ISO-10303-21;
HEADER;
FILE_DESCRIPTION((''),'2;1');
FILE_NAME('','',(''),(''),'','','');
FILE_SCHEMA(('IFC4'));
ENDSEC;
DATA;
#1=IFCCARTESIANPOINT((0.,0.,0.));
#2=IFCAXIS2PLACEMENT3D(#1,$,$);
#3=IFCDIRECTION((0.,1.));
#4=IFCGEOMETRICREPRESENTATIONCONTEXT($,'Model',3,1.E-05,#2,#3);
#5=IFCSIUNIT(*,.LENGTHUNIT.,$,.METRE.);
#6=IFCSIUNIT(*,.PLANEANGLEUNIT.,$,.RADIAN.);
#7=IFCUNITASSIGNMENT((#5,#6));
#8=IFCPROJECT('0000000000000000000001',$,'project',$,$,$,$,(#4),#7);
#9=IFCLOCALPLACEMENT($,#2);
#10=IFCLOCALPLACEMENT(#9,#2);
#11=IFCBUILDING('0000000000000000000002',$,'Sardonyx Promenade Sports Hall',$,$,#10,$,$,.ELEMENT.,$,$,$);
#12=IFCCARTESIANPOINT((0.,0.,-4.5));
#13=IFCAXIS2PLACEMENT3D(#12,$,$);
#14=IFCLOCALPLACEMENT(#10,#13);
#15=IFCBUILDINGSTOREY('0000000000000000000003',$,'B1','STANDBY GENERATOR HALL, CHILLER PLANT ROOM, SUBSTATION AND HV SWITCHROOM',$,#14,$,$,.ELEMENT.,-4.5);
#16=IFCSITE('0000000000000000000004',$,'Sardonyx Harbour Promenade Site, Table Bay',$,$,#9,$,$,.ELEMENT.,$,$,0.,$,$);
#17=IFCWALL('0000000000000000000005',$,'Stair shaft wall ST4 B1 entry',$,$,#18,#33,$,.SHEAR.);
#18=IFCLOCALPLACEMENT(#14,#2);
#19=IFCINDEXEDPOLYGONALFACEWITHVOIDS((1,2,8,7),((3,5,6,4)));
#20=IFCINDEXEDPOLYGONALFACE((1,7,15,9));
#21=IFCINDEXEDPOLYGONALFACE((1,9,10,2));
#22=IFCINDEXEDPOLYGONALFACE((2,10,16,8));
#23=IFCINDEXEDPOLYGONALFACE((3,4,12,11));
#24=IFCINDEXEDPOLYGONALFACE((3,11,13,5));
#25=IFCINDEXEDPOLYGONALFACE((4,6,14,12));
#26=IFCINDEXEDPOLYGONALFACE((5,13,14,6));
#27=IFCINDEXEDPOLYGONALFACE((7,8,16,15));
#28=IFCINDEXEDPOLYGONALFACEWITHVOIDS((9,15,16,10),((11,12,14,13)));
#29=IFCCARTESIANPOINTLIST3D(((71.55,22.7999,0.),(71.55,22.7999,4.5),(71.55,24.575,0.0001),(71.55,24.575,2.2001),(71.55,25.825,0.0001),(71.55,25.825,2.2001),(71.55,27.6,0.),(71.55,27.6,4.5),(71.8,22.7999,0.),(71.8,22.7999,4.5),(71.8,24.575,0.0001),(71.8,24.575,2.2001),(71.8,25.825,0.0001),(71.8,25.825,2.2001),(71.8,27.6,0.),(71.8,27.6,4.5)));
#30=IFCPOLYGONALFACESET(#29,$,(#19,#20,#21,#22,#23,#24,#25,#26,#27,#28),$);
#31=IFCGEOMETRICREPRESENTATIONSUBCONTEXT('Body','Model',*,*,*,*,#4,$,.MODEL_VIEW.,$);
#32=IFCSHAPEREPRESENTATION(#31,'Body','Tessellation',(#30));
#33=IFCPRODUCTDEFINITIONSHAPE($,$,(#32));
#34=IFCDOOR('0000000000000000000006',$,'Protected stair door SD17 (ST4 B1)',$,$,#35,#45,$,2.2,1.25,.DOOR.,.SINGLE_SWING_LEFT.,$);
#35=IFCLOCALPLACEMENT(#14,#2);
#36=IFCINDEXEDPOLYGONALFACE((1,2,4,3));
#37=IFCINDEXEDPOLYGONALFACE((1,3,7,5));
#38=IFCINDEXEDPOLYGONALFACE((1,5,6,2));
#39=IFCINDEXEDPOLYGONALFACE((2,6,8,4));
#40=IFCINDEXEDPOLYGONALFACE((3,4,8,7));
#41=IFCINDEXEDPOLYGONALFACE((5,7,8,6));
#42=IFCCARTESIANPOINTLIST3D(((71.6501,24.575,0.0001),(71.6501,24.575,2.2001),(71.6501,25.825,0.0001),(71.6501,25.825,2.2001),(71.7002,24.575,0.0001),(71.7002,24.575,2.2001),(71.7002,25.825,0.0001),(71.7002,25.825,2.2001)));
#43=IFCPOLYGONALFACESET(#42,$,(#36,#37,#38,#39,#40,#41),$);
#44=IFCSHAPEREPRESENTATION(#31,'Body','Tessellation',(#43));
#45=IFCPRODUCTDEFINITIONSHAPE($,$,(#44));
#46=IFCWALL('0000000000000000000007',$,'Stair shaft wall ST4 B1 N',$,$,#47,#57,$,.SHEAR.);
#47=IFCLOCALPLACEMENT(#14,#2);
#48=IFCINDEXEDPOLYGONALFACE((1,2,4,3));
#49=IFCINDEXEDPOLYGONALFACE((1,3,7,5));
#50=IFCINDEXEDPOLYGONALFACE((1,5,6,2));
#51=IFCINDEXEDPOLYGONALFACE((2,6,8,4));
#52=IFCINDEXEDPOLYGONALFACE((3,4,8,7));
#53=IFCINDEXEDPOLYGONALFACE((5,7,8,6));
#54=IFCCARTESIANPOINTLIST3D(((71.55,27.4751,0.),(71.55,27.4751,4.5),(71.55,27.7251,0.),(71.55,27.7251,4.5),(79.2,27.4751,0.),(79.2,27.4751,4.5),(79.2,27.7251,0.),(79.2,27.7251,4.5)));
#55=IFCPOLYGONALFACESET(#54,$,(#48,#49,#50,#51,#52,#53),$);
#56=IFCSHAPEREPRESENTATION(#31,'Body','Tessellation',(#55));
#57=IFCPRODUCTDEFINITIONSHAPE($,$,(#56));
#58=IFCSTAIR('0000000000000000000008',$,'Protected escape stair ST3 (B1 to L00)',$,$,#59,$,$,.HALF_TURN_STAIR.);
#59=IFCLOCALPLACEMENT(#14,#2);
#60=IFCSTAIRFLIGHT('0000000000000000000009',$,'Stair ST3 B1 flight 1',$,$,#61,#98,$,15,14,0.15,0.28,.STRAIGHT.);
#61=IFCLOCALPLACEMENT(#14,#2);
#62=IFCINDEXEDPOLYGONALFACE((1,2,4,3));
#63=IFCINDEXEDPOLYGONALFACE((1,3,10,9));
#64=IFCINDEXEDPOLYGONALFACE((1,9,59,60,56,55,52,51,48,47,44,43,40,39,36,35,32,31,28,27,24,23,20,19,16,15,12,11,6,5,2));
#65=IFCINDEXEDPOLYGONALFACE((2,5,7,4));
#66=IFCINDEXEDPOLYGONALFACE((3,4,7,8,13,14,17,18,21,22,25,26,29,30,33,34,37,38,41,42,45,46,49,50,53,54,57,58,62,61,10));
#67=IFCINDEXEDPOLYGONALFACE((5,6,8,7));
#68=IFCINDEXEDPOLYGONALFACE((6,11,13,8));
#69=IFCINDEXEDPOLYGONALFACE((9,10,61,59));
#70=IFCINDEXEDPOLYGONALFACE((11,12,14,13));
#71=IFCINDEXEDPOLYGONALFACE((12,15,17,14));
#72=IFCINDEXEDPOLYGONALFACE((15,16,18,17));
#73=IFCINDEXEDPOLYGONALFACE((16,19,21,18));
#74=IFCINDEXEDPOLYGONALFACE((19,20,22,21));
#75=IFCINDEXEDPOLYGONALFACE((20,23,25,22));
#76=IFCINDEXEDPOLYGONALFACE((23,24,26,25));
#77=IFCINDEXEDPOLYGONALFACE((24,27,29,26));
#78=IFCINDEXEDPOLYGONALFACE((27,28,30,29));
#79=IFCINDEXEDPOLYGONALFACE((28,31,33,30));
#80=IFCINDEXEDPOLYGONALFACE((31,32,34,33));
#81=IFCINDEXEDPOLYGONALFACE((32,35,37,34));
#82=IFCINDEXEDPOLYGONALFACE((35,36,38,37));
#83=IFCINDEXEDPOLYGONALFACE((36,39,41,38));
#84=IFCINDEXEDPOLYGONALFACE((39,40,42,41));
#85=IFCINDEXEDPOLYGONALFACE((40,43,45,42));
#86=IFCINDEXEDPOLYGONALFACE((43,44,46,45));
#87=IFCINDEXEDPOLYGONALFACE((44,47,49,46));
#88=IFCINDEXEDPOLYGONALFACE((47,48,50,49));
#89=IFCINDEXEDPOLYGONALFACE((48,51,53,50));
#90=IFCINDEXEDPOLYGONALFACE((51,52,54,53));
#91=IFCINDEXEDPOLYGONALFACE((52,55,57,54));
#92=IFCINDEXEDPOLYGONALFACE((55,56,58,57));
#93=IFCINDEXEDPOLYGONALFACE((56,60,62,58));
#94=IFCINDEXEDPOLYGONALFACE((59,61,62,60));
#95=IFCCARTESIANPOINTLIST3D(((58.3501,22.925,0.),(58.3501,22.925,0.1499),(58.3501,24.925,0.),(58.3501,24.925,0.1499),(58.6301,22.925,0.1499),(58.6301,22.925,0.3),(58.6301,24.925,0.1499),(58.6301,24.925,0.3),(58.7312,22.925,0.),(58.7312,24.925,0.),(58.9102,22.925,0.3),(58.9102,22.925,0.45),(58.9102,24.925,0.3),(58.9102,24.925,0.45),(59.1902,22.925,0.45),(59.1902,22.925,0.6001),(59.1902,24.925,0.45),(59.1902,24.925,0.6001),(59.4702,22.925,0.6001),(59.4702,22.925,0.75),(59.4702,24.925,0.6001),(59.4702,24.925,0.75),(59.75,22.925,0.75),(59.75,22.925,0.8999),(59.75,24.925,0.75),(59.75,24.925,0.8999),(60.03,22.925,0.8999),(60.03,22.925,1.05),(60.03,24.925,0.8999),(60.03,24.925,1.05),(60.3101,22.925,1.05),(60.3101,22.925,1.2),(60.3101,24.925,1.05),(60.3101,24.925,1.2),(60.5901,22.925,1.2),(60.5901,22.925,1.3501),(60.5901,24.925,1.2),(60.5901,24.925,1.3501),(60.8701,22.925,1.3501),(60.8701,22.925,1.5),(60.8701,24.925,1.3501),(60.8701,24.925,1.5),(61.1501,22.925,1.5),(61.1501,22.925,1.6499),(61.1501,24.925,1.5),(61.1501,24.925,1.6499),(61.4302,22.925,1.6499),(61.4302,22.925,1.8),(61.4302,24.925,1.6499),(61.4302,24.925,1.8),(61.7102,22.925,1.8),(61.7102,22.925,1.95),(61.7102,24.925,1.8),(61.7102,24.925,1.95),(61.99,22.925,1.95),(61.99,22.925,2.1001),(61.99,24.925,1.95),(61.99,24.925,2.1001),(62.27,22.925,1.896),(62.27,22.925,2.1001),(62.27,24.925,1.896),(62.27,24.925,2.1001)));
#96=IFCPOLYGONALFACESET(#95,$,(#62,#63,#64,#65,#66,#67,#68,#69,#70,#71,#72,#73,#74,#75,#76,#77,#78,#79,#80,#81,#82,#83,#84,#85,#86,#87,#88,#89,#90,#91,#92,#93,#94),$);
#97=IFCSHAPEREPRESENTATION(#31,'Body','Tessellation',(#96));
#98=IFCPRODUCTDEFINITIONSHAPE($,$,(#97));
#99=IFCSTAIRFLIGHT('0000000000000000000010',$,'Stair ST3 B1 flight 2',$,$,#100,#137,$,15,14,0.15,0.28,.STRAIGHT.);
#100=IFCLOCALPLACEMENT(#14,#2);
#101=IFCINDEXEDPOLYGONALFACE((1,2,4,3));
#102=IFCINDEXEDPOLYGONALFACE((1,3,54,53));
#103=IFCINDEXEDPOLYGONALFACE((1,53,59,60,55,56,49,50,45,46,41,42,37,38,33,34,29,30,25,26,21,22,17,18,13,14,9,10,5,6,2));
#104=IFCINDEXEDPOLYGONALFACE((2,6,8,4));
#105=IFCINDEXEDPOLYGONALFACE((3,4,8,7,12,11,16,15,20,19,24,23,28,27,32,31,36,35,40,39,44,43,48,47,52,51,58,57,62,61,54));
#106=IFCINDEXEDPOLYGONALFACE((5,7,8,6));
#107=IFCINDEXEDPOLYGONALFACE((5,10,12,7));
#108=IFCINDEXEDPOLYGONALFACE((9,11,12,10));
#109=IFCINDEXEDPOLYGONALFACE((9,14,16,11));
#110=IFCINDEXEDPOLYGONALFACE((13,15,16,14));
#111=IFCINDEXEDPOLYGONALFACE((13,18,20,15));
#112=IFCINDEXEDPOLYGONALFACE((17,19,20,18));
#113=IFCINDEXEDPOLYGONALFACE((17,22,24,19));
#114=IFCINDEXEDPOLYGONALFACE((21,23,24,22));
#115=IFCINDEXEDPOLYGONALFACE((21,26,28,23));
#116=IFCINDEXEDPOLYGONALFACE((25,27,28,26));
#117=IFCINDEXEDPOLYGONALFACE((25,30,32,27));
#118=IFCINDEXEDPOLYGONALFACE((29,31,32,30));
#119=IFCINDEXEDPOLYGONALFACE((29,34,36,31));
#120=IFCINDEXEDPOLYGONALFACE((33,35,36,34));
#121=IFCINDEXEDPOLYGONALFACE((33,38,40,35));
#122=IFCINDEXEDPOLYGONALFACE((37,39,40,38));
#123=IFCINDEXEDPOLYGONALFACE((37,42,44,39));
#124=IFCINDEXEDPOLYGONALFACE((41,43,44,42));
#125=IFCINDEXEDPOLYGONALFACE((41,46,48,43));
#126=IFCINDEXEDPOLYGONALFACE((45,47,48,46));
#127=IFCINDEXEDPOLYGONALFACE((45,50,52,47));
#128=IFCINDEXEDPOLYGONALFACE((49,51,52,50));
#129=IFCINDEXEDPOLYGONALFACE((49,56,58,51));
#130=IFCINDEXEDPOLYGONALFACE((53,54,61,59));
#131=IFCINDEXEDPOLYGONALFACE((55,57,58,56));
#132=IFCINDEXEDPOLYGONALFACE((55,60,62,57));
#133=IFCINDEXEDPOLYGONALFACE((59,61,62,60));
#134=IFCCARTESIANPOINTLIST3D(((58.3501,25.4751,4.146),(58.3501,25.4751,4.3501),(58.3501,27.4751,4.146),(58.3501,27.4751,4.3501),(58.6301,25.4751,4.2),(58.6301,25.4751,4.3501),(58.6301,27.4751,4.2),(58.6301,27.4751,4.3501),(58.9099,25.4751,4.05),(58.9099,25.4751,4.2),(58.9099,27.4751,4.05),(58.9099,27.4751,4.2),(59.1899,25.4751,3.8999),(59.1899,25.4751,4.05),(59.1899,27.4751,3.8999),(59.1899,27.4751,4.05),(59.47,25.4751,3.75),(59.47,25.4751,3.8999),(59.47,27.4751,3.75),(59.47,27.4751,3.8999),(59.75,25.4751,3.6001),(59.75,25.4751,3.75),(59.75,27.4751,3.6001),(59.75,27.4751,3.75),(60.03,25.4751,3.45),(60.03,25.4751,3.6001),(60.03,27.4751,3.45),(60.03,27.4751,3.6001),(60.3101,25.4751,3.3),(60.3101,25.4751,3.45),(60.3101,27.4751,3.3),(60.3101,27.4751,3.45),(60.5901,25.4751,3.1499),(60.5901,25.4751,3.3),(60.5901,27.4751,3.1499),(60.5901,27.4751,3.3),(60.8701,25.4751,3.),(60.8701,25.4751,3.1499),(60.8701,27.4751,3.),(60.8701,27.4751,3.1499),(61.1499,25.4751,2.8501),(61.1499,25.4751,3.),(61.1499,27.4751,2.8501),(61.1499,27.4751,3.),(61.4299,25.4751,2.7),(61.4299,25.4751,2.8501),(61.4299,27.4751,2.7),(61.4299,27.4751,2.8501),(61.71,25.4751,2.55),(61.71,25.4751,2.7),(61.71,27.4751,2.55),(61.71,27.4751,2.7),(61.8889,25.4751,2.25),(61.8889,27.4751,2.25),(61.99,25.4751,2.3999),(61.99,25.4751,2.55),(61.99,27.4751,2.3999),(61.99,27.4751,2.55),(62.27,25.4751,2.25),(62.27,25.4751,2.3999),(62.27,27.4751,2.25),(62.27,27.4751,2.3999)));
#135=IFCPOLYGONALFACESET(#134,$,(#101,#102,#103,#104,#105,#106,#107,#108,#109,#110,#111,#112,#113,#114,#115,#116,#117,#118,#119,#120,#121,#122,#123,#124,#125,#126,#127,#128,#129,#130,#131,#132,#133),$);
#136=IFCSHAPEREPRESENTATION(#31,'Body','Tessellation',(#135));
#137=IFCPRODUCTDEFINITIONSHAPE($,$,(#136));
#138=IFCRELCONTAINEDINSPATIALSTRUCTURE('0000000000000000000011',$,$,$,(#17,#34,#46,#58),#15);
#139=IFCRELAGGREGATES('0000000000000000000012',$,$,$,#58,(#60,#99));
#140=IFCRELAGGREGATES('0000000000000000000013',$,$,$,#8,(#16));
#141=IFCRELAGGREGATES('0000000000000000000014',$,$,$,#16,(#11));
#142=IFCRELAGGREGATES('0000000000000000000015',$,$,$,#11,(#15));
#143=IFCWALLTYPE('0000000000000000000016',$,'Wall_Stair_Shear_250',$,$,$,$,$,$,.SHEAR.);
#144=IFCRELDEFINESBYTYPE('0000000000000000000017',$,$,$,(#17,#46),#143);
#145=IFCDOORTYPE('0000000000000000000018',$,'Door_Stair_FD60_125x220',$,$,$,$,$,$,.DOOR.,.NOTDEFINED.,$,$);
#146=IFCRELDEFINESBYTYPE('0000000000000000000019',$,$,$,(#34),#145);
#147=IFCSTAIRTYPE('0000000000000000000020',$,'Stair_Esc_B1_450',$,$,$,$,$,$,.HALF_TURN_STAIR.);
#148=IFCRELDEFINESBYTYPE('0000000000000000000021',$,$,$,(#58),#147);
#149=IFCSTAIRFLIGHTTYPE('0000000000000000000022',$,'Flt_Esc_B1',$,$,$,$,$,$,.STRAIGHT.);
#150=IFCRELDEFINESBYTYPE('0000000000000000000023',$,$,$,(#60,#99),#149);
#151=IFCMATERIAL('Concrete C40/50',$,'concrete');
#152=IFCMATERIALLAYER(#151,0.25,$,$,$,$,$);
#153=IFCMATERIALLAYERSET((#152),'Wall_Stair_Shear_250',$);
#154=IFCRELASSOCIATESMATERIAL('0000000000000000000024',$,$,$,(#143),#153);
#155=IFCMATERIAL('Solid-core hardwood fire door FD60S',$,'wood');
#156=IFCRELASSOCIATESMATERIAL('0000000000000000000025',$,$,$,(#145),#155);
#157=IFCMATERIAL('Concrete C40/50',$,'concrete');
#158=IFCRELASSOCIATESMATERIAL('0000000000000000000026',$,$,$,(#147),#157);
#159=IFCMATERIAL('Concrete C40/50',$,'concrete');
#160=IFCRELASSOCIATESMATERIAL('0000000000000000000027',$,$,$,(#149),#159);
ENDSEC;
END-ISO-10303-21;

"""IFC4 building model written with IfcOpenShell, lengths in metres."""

from ifc_helpers import new_model, si_unit, direction, frame, frame_2d, origin, place, context, subcontext, project, spatial, polyline, rectangle, outline, extrude, material, layer, layer_set, type_object, element, fill, aggregate, save


model = new_model("IFC4")

# Units and contexts
model_context = context("Model", 3, precision=1e-05, world=origin(), true_north=direction((0.0, 1.0)))
body_context = subcontext(model_context, "Body", "Model", "MODEL_VIEW")
ifc_project = project(units=[si_unit("LENGTHUNIT", "METRE"), si_unit("PLANEANGLEUNIT", "RADIAN")], contexts=[model_context])

# Site, building, storey
site_placement = place(None, origin())
site = spatial("IfcSite", under=ifc_project, at=site_placement, Name="Sardonyx Harbour Promenade Site, Table Bay", CompositionType="ELEMENT", RefElevation=0.0)
building_placement = place(site_placement, origin())
building = spatial("IfcBuilding", under=site, at=building_placement, Name="Sardonyx Promenade Sports Hall", CompositionType="ELEMENT")
storey_placement = place(building_placement, frame((0.0, 0.0, -4.5)))
storey = spatial("IfcBuildingStorey", under=building, at=storey_placement, Name="B1", Description="STANDBY GENERATOR HALL, CHILLER PLANT ROOM, SUBSTATION AND HV SWITCHROOM", CompositionType="ELEMENT", Elevation=-4.5)

# Shared definitions
ifc_material_1 = material(Name="Concrete C40/50", Category="concrete")
ifc_layer_1 = layer(ifc_material_1, 0.25)
ifc_layer_set_1 = layer_set([ifc_layer_1], Name="Wall_Stair_Shear_250")
wall_type_1 = type_object("IfcWallType", Name="Wall_Stair_Shear_250", PredefinedType="SHEAR", material=ifc_layer_set_1)

# Wall, opening, door
wall_1_placement = place(storey_placement, frame((71.675, 22.8, 0.0), z_axis=(0.0, 0.0, 1.0), x_axis=(0.0, 1.0, 0.0)))
wall_1 = element("IfcWall", 1, at=wall_1_placement, inside=storey, type_object=wall_type_1, Name="Stair shaft wall ST4 B1 entry", PredefinedType="SHEAR", context=body_context, shape_type="SweptSolid", body=[
    extrude(rectangle(XDim=4.8, YDim=0.25, at=frame_2d((2.3999, 0.0))), origin(), (0.0, 0.0, 1.0), 4.5),
])
opening_1_placement = place(wall_1_placement, frame((1.7749, 0.0, 0.0)))
opening_1 = element("IfcOpeningElement", 2, at=opening_1_placement, cuts=wall_1, PredefinedType="OPENING", context=body_context, shape_type="SweptSolid", body=[
    extrude(rectangle(XDim=1.25, YDim=2.2, at=frame_2d((0.625, 1.1001))), frame((0.0, 0.135, 0.0), z_axis=(0.0, -1.0, 0.0), x_axis=(1.0, 0.0, 0.0)), (0.0, 0.0, 1.0), 0.27),
])
ifc_material_2 = material(Name="Solid-core hardwood fire door FD60S", Category="wood")
door_type_1 = type_object("IfcDoorType", Name="Door_Stair_FD60_125x220", OperationType="NOTDEFINED", PredefinedType="DOOR", material=ifc_material_2)
door_1_placement = place(opening_1_placement, origin())
door_1 = element("IfcDoor", 3, at=door_1_placement, inside=storey, type_object=door_type_1, Name="Protected stair door SD17 (ST4 B1)", OperationType="SINGLE_SWING_LEFT", OverallHeight=2.2, OverallWidth=1.25, PredefinedType="DOOR", context=body_context, shape_type="SweptSolid", body=[
    extrude(rectangle(XDim=1.25, YDim=2.2, at=frame_2d((0.625, 1.1001))), frame((0.0, 0.0249, 0.0), z_axis=(0.0, -1.0, 0.0), x_axis=(1.0, 0.0, 0.0)), (0.0, 0.0, 1.0), 0.05),
])
fill(opening_1, door_1)

# Wall
wall_2_placement = place(storey_placement, frame((71.55, 27.6001, 0.0), z_axis=(0.0, 0.0, 1.0), x_axis=(1.0, 0.0, 0.0)))
element("IfcWall", 4, at=wall_2_placement, inside=storey, type_object=wall_type_1, Name="Stair shaft wall ST4 B1 N", PredefinedType="SHEAR", context=body_context, shape_type="SweptSolid", body=[
    extrude(rectangle(XDim=7.6499, YDim=0.25, at=frame_2d((3.825, 0.0))), origin(), (0.0, 0.0, 1.0), 4.5),
])

# Stair, stair flights
ifc_material_3 = material(Name="Concrete C40/50", Category="concrete")
stair_type = type_object("IfcStairType", Name="Stair_Esc_B1_450", PredefinedType="HALF_TURN_STAIR", material=ifc_material_3)
stair_placement = place(storey_placement, origin())
stair = element("IfcStair", 5, at=stair_placement, inside=storey, type_object=stair_type, Name="Protected escape stair ST3 (B1 to L00)", PredefinedType="HALF_TURN_STAIR")
ifc_material_4 = material(Name="Concrete C40/50", Category="concrete")
stair_flight_type = type_object("IfcStairFlightType", Name="Flt_Esc_B1", PredefinedType="STRAIGHT", material=ifc_material_4)
stair_flight_1_placement = place(storey_placement, frame((58.3501, 23.925, 0.0), z_axis=(0.0, 0.0, 1.0), x_axis=(1.0, 0.0, 0.0)))
stair_flight_1 = element("IfcStairFlight", 6, at=stair_flight_1_placement, type_object=stair_flight_type, Name="Stair ST3 B1 flight 1", NumberOfRisers=15, NumberOfTreads=14, PredefinedType="STRAIGHT", RiserHeight=0.15, TreadLength=0.28, context=body_context, shape_type="SweptSolid", body=[
    extrude(outline(polyline([(0.0, 0.0), (0.0, 0.1499), (0.28, 0.1499), (0.28, 0.3), (0.5601, 0.3), (0.5601, 0.45), (0.8401, 0.45), (0.8401, 0.6001), (1.1201, 0.6001), (1.1201, 0.75), (1.3999, 0.75), (1.3999, 0.8999), (1.6799, 0.8999), (1.6799, 1.05), (1.96, 1.05), (1.96, 1.2), (2.24, 1.2), (2.24, 1.3501), (2.52, 1.3501), (2.52, 1.5), (2.8, 1.5), (2.8, 1.6499), (3.0801, 1.6499), (3.0801, 1.8), (3.3601, 1.8), (3.3601, 1.95), (3.6399, 1.95), (3.6399, 2.1001), (3.9199, 2.1001), (3.9199, 2.25), (3.9199, 1.896), (0.3811, 0.0), (0.0, 0.0)])), frame((0.0, 1.0, 0.0), z_axis=(0.0, -1.0, 0.0), x_axis=(1.0, 0.0, 0.0)), (0.0, 0.0, 1.0), 2.0),
])
stair_flight_2_placement = place(storey_placement, frame((62.27, 26.4751, 2.25), z_axis=(0.0, 0.0, 1.0), x_axis=(-1.0, 0.0, 0.0)))
stair_flight_2 = element("IfcStairFlight", 7, at=stair_flight_2_placement, type_object=stair_flight_type, Name="Stair ST3 B1 flight 2", NumberOfRisers=15, NumberOfTreads=14, PredefinedType="STRAIGHT", RiserHeight=0.15, TreadLength=0.28, context=body_context, shape_type="SweptSolid", body=[
    extrude(outline(polyline([(0.0, 0.0), (0.0, 0.1499), (0.28, 0.1499), (0.28, 0.3), (0.5601, 0.3), (0.5601, 0.45), (0.8401, 0.45), (0.8401, 0.6001), (1.1201, 0.6001), (1.1201, 0.75), (1.3999, 0.75), (1.3999, 0.8999), (1.6799, 0.8999), (1.6799, 1.05), (1.96, 1.05), (1.96, 1.2), (2.24, 1.2), (2.24, 1.3501), (2.52, 1.3501), (2.52, 1.5), (2.8, 1.5), (2.8, 1.6499), (3.0801, 1.6499), (3.0801, 1.8), (3.3601, 1.8), (3.3601, 1.95), (3.6399, 1.95), (3.6399, 2.1001), (3.9199, 2.1001), (3.9199, 2.25), (3.9199, 1.896), (0.3811, 0.0), (0.0, 0.0)])), frame((0.0, 1.0, 0.0), z_axis=(0.0, -1.0, 0.0), x_axis=(1.0, 0.0, 0.0)), (0.0, 0.0, 1.0), 2.0),
])
aggregate(stair, [stair_flight_1, stair_flight_2])

save(model, "model.ifc")
